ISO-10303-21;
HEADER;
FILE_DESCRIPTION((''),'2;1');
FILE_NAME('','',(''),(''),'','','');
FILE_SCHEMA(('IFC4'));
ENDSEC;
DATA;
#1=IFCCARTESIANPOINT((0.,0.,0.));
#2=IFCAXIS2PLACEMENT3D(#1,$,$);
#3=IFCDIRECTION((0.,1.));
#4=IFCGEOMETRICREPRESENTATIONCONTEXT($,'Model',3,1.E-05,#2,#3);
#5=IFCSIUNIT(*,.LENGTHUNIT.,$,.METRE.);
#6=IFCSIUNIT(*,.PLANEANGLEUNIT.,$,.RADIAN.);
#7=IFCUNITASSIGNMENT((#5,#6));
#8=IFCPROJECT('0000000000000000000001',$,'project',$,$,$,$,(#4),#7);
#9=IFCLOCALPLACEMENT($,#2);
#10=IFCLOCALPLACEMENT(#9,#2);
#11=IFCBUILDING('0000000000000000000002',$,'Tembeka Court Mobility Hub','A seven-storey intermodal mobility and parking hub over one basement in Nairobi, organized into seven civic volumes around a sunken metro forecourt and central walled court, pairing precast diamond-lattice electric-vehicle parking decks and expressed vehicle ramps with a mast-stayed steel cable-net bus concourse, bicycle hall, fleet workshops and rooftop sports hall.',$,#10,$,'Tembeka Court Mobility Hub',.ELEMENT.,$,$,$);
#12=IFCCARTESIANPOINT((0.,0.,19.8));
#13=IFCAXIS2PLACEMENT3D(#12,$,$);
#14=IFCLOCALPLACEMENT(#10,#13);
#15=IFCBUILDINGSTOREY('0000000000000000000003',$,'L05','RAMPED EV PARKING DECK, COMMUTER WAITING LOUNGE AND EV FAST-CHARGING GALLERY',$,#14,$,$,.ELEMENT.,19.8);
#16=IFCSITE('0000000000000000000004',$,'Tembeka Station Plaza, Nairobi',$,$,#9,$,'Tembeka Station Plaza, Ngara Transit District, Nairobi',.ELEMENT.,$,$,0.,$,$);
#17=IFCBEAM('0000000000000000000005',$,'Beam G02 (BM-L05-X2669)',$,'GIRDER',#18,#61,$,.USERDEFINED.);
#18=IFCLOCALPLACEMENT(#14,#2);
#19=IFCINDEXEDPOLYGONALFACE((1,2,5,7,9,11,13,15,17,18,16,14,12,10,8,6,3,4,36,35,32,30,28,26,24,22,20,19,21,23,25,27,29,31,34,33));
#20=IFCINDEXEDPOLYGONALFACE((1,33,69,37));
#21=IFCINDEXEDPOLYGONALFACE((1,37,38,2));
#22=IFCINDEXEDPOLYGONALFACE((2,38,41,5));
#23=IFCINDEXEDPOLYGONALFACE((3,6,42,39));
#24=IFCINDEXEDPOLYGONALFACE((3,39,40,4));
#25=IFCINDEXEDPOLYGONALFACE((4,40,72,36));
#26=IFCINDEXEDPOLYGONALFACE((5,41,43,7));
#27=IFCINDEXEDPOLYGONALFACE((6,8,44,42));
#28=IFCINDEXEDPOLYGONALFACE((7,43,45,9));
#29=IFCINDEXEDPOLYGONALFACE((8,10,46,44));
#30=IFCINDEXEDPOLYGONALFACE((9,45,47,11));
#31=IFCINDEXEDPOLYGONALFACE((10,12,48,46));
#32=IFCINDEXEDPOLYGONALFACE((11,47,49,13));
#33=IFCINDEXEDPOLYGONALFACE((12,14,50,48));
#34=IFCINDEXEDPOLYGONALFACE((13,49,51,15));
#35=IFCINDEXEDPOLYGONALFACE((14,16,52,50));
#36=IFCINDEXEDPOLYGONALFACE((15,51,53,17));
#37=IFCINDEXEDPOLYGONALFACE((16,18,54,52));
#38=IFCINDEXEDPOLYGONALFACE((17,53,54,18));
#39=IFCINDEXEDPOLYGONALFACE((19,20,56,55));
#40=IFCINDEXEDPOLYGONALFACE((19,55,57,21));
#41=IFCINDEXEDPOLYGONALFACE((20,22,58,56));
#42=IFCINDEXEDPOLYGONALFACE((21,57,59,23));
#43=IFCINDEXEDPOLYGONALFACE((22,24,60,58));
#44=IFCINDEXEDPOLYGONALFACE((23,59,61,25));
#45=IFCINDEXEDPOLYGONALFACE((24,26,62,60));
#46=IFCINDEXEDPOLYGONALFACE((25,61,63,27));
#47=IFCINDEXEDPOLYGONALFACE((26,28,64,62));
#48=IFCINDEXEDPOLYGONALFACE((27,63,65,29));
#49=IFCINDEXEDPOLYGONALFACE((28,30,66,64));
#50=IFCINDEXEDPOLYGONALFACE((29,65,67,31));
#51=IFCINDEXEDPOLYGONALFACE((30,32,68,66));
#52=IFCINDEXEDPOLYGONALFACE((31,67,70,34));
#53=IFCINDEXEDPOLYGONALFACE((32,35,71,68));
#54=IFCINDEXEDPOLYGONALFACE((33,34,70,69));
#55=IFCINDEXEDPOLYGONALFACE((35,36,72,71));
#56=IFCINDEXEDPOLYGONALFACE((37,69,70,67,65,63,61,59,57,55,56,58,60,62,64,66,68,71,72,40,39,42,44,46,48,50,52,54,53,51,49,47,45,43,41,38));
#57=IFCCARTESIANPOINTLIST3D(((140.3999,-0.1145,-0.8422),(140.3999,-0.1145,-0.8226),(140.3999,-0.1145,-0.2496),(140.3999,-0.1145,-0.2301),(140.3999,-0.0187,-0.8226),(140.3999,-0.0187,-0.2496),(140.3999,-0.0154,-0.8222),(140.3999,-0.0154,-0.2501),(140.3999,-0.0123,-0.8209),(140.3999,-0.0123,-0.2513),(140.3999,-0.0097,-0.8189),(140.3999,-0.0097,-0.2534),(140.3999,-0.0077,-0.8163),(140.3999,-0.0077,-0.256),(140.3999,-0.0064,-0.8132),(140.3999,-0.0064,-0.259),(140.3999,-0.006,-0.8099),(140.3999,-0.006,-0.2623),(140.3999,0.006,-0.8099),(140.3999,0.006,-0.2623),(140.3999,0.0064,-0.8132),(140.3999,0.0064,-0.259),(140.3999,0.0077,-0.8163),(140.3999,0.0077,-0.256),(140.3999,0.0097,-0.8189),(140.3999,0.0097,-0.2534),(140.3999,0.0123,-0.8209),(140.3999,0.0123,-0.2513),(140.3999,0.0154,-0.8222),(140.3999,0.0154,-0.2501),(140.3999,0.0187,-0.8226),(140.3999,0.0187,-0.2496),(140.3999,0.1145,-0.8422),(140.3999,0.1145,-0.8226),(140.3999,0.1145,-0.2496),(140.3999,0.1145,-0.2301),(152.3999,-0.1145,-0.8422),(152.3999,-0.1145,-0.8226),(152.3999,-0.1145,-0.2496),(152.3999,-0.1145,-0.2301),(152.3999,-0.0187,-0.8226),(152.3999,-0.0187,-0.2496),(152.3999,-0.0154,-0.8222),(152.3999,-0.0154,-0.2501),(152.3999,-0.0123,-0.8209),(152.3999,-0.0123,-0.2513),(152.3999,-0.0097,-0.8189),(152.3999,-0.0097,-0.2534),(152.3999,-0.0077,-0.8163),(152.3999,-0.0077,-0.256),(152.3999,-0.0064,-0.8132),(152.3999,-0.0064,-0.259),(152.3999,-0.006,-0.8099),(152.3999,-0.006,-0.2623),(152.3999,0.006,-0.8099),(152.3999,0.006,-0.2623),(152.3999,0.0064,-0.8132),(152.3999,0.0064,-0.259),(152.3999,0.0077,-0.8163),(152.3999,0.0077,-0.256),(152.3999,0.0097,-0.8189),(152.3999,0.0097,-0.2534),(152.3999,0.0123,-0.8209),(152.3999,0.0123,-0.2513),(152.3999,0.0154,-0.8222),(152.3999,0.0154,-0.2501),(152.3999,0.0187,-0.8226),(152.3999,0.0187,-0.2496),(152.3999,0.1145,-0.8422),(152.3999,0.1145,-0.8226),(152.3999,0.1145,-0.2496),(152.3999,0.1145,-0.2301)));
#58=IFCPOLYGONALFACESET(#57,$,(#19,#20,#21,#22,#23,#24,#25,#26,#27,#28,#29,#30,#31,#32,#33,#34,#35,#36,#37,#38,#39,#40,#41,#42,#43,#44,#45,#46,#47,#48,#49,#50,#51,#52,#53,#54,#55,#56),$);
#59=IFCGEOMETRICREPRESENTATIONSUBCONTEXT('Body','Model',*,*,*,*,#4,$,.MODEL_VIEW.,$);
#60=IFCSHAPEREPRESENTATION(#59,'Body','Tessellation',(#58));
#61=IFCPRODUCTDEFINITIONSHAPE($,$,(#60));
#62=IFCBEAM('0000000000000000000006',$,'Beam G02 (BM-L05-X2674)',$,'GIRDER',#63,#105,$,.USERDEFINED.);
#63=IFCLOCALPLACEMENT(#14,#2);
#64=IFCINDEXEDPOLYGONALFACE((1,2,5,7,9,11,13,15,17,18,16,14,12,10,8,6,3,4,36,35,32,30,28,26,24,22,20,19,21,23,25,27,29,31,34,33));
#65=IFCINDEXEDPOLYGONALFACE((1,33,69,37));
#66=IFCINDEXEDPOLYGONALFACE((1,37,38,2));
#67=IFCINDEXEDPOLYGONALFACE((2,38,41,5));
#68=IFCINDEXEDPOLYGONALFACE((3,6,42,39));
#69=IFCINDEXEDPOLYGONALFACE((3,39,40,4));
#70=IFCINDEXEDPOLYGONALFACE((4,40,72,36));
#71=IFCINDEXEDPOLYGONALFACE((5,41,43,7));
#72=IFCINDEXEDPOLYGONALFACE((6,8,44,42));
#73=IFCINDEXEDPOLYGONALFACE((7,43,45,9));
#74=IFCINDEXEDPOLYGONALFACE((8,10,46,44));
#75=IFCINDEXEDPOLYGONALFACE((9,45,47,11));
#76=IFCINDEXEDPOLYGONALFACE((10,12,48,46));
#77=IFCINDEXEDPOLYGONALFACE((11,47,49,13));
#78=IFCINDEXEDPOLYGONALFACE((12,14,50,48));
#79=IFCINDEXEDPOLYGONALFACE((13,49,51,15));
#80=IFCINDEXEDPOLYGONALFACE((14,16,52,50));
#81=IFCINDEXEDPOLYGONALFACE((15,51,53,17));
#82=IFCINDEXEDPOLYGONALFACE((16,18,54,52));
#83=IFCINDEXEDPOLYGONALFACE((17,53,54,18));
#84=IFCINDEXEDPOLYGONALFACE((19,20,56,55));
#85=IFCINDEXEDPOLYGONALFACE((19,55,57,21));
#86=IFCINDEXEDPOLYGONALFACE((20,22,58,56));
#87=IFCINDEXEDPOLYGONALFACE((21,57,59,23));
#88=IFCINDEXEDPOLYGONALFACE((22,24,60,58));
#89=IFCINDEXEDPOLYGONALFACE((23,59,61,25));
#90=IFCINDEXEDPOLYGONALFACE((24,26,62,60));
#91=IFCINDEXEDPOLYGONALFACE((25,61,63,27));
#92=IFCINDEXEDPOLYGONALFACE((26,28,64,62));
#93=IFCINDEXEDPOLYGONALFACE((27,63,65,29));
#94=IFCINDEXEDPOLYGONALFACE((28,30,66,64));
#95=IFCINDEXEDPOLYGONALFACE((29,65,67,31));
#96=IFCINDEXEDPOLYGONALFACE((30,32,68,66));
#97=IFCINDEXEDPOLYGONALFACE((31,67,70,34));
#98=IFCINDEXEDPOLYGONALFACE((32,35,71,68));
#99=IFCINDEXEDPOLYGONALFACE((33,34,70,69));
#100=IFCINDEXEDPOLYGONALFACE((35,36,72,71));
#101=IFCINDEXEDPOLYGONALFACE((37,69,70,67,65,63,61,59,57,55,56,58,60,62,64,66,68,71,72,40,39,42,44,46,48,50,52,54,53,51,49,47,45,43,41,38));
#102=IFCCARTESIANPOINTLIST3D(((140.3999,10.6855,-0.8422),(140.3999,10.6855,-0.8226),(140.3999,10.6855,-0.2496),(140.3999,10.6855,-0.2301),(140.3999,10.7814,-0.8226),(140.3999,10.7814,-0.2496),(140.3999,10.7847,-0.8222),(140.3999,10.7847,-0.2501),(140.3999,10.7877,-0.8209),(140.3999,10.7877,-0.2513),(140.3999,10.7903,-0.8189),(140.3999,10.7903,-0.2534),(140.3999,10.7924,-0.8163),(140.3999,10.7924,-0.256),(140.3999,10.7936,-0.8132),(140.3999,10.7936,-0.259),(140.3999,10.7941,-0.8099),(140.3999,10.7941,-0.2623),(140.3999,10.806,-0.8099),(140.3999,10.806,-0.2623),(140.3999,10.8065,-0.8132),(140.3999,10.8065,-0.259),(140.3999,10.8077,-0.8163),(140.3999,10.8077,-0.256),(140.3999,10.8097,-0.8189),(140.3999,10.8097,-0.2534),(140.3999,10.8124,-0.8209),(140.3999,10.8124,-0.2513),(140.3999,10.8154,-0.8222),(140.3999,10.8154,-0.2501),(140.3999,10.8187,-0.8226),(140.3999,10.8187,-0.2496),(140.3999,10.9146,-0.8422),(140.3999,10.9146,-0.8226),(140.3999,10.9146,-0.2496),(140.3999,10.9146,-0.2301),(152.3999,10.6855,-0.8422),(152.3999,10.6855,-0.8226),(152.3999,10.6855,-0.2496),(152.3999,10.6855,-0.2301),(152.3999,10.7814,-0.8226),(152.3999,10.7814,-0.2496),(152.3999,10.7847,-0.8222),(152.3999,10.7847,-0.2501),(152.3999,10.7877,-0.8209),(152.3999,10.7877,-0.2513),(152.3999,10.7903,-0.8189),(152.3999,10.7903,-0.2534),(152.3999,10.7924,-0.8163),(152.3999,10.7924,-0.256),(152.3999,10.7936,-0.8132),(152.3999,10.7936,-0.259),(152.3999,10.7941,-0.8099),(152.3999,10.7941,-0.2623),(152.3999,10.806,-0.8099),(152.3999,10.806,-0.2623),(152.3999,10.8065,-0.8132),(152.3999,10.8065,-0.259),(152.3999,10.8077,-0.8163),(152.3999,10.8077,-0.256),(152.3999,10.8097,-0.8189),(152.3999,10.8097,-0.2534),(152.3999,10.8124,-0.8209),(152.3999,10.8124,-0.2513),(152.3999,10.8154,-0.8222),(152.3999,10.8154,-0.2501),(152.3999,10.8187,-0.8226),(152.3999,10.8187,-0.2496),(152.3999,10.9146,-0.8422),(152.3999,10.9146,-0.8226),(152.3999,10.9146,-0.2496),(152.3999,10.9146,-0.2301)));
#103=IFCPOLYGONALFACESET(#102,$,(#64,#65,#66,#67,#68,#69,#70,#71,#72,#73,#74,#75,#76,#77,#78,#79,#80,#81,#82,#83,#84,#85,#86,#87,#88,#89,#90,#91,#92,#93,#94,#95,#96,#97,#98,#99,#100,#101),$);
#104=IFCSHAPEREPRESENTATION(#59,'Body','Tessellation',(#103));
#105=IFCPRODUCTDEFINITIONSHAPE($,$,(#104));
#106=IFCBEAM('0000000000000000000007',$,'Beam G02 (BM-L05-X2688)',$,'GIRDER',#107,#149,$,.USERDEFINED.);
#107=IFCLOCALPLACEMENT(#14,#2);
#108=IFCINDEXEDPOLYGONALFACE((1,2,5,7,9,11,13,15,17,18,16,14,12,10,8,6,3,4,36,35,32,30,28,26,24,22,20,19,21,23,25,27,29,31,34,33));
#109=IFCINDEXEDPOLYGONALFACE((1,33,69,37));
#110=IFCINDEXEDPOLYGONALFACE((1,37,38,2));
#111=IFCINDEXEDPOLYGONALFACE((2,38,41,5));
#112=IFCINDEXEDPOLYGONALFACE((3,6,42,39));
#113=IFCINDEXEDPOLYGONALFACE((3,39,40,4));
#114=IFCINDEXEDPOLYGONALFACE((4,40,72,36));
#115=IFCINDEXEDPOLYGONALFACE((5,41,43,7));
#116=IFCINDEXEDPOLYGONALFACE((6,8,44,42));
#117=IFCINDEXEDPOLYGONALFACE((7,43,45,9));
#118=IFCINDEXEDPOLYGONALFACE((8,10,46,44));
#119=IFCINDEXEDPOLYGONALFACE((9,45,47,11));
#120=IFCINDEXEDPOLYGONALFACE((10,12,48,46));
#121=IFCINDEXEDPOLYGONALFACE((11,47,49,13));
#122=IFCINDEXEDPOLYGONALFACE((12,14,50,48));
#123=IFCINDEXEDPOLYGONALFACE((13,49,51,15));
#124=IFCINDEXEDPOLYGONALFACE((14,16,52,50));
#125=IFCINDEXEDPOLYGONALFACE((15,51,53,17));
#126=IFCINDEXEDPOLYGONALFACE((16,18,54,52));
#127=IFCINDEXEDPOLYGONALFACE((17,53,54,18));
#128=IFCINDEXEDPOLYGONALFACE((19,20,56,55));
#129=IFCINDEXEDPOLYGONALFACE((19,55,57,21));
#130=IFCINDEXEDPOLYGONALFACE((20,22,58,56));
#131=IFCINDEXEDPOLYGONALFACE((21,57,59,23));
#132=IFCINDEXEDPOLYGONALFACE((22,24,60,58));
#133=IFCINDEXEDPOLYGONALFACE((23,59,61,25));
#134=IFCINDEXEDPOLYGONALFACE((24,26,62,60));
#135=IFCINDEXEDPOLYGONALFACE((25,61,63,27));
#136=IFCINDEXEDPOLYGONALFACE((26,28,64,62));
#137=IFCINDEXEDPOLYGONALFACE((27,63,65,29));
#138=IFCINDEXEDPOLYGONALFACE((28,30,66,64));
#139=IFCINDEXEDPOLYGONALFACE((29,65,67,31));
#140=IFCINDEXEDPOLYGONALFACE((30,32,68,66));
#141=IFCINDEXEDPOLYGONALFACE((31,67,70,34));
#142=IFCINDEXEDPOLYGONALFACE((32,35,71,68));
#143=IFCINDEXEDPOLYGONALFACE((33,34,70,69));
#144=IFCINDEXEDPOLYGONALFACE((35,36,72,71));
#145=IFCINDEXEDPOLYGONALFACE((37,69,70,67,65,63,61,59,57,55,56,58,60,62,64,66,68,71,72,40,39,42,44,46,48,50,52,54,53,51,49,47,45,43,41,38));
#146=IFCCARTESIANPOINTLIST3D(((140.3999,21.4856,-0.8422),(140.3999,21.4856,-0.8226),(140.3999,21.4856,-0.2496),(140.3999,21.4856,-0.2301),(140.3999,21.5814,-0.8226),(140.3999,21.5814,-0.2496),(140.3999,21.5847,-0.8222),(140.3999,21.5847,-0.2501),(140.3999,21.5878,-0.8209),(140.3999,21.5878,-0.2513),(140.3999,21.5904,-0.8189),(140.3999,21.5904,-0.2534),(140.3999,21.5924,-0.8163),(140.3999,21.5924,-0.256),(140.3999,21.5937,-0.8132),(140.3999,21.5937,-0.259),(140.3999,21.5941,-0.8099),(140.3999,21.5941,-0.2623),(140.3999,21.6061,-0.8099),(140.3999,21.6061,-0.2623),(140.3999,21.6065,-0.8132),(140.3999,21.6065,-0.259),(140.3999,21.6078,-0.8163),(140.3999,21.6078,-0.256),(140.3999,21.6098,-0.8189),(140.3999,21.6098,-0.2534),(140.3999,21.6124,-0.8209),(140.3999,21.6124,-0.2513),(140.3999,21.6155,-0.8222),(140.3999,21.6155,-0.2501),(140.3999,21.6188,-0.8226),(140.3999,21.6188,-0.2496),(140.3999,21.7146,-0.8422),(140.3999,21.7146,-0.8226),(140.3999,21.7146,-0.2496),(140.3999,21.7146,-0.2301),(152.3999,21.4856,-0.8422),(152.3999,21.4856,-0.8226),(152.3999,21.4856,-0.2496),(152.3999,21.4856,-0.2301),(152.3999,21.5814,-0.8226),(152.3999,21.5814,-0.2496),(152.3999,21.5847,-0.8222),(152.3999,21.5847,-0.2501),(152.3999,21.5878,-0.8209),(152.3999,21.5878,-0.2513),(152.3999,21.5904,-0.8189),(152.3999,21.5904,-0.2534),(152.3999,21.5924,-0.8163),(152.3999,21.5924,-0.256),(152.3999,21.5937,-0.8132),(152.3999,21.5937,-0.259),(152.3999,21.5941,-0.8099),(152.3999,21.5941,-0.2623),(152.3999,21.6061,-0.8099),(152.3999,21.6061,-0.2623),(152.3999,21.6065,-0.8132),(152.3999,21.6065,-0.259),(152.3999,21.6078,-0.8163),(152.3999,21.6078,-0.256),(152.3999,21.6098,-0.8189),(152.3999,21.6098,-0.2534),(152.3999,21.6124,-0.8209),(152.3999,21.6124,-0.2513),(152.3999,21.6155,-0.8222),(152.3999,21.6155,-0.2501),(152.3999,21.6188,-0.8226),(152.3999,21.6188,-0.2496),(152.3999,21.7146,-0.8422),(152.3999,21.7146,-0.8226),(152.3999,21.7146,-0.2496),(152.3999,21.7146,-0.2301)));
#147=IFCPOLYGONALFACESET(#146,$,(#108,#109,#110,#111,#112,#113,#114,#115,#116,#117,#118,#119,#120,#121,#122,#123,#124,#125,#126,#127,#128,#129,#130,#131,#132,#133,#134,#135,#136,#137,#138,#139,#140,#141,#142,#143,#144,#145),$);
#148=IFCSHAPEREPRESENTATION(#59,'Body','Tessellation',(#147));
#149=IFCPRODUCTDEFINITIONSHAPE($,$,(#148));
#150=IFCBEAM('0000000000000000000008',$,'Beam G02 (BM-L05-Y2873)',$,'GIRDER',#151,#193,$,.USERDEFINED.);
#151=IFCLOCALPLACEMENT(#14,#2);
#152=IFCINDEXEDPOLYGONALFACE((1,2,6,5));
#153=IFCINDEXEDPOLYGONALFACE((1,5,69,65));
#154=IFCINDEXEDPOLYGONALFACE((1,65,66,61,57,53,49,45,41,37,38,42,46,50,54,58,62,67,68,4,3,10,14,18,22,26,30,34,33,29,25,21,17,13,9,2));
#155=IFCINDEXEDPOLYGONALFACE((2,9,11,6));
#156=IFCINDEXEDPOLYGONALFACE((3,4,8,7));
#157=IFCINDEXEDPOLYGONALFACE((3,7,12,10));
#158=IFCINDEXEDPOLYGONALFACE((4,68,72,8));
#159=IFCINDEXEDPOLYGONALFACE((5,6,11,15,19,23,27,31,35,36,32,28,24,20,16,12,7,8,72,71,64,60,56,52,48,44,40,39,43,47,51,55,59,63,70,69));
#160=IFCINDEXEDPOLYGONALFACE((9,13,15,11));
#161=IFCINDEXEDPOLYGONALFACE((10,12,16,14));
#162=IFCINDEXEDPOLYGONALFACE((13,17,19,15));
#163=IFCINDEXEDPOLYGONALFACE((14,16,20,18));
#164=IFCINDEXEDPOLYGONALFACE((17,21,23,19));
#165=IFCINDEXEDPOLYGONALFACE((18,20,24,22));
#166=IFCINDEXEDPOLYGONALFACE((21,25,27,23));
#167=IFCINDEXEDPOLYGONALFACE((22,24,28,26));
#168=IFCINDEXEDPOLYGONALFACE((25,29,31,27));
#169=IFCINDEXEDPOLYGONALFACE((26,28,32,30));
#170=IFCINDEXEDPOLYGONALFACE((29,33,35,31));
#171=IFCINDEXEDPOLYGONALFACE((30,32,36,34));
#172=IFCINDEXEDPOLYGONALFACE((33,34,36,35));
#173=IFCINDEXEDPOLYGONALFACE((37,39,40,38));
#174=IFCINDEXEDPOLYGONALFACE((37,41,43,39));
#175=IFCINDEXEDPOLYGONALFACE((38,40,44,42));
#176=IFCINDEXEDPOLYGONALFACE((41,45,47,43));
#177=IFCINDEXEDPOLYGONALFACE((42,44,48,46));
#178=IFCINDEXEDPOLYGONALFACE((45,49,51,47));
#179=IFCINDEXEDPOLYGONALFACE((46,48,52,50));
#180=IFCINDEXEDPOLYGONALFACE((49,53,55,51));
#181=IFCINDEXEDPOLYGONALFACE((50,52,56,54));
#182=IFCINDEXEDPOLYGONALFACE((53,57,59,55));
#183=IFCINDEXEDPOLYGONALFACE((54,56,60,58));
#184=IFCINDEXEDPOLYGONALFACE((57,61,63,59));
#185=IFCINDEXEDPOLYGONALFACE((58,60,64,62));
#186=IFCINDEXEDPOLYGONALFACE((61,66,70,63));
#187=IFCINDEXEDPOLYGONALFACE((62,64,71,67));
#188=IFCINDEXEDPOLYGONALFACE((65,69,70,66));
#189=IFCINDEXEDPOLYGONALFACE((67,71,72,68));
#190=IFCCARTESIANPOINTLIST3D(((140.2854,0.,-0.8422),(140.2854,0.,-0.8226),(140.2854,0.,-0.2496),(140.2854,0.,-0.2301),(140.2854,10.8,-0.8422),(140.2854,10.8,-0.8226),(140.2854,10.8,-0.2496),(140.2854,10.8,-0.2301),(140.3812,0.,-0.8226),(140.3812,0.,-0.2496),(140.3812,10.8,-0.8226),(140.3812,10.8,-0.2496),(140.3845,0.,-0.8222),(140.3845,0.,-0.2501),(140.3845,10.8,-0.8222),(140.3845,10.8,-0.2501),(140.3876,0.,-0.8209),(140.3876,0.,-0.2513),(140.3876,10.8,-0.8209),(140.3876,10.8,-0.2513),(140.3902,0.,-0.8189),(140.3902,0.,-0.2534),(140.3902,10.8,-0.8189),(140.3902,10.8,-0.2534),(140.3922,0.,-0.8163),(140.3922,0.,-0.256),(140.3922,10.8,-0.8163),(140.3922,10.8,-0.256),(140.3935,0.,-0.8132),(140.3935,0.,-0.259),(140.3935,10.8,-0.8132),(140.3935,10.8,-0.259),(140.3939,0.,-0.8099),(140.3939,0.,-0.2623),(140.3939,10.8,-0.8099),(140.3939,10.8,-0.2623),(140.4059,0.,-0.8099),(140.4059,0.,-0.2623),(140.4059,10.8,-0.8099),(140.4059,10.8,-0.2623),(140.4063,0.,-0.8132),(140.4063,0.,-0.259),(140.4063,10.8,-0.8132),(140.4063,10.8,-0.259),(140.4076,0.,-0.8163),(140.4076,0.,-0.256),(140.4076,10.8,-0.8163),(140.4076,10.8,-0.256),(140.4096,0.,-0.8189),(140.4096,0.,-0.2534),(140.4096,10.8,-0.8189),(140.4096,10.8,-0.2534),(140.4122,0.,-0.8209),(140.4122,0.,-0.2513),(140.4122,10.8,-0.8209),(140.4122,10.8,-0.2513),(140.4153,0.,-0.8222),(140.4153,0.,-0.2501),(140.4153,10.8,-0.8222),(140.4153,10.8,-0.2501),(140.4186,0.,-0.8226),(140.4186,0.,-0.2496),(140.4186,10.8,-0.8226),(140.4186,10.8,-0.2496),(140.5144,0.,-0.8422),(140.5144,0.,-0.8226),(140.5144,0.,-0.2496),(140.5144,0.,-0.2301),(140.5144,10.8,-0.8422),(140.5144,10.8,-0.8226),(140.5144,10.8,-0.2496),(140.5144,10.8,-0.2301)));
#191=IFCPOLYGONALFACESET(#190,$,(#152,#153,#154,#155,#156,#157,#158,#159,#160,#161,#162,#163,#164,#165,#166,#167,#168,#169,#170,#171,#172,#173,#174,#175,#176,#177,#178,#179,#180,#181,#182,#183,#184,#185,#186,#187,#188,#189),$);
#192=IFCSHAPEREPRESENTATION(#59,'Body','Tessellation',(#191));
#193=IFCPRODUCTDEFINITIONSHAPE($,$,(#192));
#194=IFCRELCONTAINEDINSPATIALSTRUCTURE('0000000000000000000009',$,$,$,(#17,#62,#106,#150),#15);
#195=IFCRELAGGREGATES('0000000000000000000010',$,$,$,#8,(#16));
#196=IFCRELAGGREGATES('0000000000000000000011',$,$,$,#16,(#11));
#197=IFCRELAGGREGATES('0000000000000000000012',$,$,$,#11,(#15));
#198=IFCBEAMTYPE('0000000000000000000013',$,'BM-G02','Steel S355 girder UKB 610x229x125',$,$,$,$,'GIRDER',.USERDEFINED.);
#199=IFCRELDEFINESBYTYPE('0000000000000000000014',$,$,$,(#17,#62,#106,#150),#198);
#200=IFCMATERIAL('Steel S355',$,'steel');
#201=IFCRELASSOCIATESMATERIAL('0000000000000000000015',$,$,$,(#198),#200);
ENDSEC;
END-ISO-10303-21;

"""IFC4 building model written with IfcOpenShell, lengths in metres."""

from ifc_helpers import new_model, si_unit, direction, frame, origin, origin_2d, place, context, subcontext, project, spatial, i_section, extrude, material, material_profile, profile_set, type_object, element, save


model = new_model("IFC4")

# Units and contexts
model_context = context("Model", 3, precision=1e-05, world=origin(), true_north=direction((0.0, 1.0)))
body_context = subcontext(model_context, "Body", "Model", "MODEL_VIEW")
ifc_project = project(units=[si_unit("LENGTHUNIT", "METRE"), si_unit("PLANEANGLEUNIT", "RADIAN")], contexts=[model_context])

# Site, building, storey
site_placement = place(None, origin())
site = spatial("IfcSite", under=ifc_project, at=site_placement, Name="Tembeka Station Plaza, Nairobi", LongName="Tembeka Station Plaza, Ngara Transit District, Nairobi", CompositionType="ELEMENT", RefElevation=0.0)
building_placement = place(site_placement, origin())
building = spatial("IfcBuilding", under=site, at=building_placement, Name="Tembeka Court Mobility Hub", Description="A seven-storey intermodal mobility and parking hub over one basement in Nairobi, organized into seven civic volumes around a sunken metro forecourt and central walled court, pairing precast diamond-lattice electric-vehicle parking decks and expressed vehicle ramps with a mast-stayed steel cable-net bus concourse, bicycle hall, fleet workshops and rooftop sports hall.", LongName="Tembeka Court Mobility Hub", CompositionType="ELEMENT")
storey_placement = place(building_placement, frame((0.0, 0.0, 19.8)))
storey = spatial("IfcBuildingStorey", under=building, at=storey_placement, Name="L05", Description="RAMPED EV PARKING DECK, COMMUTER WAITING LOUNGE AND EV FAST-CHARGING GALLERY", CompositionType="ELEMENT", Elevation=19.8)

# Beams
ifc_material_1 = material(Name="Steel S355", Category="steel")
ifc_material_profile_1 = material_profile(ifc_material_1, i_section(OverallWidth=0.229, OverallDepth=0.6121, WebThickness=0.012, FlangeThickness=0.0195, FilletRadius=0.0127, at=origin_2d()), Name="UKB 610x229x125")
ifc_profile_set_1 = profile_set([ifc_material_profile_1], Name="Steel S355")
beam_type = type_object("IfcBeamType", Name="BM-G02", Description="Steel S355 girder UKB 610x229x125", ElementType="GIRDER", PredefinedType="USERDEFINED", material=ifc_profile_set_1)
for number, where, z_axis, x_axis, name in (
    (1, (140.3999, 0.0, -0.5361), (1.0, 0.0, 0.0), (0.0, 1.0, 0.0), "Beam G02 (BM-L05-X2669)"),
    (2, (140.3999, 10.8, -0.5361), (1.0, 0.0, 0.0), (0.0, 1.0, 0.0), "Beam G02 (BM-L05-X2674)"),
    (3, (140.3999, 21.6001, -0.5361), (1.0, 0.0, 0.0), (0.0, 1.0, 0.0), "Beam G02 (BM-L05-X2688)"),
):
    element("IfcBeam", number, at=place(storey_placement, frame(where, z_axis=z_axis, x_axis=x_axis)), inside=storey, type_object=beam_type, Name=name, ObjectType="GIRDER", PredefinedType="USERDEFINED", context=body_context, shape_type="SweptSolid", body=[
        extrude(i_section(OverallWidth=0.229, OverallDepth=0.6121, WebThickness=0.012, FlangeThickness=0.0195, FilletRadius=0.0127, at=origin_2d()), origin(), (0.0, 0.0, 1.0), 12.0),
    ])
for number, where, z_axis, x_axis, name in (
    (4, (140.3999, 0.0, -0.5361), (0.0, 1.0, 0.0), (-1.0, 0.0, 0.0), "Beam G02 (BM-L05-Y2873)"),
):
    element("IfcBeam", number, at=place(storey_placement, frame(where, z_axis=z_axis, x_axis=x_axis)), inside=storey, type_object=beam_type, Name=name, ObjectType="GIRDER", PredefinedType="USERDEFINED", context=body_context, shape_type="SweptSolid", body=[
        extrude(i_section(OverallWidth=0.229, OverallDepth=0.6121, WebThickness=0.012, FlangeThickness=0.0195, FilletRadius=0.0127, at=origin_2d()), origin(), (0.0, 0.0, 1.0), 10.8),
    ])

save(model, "model.ifc")
